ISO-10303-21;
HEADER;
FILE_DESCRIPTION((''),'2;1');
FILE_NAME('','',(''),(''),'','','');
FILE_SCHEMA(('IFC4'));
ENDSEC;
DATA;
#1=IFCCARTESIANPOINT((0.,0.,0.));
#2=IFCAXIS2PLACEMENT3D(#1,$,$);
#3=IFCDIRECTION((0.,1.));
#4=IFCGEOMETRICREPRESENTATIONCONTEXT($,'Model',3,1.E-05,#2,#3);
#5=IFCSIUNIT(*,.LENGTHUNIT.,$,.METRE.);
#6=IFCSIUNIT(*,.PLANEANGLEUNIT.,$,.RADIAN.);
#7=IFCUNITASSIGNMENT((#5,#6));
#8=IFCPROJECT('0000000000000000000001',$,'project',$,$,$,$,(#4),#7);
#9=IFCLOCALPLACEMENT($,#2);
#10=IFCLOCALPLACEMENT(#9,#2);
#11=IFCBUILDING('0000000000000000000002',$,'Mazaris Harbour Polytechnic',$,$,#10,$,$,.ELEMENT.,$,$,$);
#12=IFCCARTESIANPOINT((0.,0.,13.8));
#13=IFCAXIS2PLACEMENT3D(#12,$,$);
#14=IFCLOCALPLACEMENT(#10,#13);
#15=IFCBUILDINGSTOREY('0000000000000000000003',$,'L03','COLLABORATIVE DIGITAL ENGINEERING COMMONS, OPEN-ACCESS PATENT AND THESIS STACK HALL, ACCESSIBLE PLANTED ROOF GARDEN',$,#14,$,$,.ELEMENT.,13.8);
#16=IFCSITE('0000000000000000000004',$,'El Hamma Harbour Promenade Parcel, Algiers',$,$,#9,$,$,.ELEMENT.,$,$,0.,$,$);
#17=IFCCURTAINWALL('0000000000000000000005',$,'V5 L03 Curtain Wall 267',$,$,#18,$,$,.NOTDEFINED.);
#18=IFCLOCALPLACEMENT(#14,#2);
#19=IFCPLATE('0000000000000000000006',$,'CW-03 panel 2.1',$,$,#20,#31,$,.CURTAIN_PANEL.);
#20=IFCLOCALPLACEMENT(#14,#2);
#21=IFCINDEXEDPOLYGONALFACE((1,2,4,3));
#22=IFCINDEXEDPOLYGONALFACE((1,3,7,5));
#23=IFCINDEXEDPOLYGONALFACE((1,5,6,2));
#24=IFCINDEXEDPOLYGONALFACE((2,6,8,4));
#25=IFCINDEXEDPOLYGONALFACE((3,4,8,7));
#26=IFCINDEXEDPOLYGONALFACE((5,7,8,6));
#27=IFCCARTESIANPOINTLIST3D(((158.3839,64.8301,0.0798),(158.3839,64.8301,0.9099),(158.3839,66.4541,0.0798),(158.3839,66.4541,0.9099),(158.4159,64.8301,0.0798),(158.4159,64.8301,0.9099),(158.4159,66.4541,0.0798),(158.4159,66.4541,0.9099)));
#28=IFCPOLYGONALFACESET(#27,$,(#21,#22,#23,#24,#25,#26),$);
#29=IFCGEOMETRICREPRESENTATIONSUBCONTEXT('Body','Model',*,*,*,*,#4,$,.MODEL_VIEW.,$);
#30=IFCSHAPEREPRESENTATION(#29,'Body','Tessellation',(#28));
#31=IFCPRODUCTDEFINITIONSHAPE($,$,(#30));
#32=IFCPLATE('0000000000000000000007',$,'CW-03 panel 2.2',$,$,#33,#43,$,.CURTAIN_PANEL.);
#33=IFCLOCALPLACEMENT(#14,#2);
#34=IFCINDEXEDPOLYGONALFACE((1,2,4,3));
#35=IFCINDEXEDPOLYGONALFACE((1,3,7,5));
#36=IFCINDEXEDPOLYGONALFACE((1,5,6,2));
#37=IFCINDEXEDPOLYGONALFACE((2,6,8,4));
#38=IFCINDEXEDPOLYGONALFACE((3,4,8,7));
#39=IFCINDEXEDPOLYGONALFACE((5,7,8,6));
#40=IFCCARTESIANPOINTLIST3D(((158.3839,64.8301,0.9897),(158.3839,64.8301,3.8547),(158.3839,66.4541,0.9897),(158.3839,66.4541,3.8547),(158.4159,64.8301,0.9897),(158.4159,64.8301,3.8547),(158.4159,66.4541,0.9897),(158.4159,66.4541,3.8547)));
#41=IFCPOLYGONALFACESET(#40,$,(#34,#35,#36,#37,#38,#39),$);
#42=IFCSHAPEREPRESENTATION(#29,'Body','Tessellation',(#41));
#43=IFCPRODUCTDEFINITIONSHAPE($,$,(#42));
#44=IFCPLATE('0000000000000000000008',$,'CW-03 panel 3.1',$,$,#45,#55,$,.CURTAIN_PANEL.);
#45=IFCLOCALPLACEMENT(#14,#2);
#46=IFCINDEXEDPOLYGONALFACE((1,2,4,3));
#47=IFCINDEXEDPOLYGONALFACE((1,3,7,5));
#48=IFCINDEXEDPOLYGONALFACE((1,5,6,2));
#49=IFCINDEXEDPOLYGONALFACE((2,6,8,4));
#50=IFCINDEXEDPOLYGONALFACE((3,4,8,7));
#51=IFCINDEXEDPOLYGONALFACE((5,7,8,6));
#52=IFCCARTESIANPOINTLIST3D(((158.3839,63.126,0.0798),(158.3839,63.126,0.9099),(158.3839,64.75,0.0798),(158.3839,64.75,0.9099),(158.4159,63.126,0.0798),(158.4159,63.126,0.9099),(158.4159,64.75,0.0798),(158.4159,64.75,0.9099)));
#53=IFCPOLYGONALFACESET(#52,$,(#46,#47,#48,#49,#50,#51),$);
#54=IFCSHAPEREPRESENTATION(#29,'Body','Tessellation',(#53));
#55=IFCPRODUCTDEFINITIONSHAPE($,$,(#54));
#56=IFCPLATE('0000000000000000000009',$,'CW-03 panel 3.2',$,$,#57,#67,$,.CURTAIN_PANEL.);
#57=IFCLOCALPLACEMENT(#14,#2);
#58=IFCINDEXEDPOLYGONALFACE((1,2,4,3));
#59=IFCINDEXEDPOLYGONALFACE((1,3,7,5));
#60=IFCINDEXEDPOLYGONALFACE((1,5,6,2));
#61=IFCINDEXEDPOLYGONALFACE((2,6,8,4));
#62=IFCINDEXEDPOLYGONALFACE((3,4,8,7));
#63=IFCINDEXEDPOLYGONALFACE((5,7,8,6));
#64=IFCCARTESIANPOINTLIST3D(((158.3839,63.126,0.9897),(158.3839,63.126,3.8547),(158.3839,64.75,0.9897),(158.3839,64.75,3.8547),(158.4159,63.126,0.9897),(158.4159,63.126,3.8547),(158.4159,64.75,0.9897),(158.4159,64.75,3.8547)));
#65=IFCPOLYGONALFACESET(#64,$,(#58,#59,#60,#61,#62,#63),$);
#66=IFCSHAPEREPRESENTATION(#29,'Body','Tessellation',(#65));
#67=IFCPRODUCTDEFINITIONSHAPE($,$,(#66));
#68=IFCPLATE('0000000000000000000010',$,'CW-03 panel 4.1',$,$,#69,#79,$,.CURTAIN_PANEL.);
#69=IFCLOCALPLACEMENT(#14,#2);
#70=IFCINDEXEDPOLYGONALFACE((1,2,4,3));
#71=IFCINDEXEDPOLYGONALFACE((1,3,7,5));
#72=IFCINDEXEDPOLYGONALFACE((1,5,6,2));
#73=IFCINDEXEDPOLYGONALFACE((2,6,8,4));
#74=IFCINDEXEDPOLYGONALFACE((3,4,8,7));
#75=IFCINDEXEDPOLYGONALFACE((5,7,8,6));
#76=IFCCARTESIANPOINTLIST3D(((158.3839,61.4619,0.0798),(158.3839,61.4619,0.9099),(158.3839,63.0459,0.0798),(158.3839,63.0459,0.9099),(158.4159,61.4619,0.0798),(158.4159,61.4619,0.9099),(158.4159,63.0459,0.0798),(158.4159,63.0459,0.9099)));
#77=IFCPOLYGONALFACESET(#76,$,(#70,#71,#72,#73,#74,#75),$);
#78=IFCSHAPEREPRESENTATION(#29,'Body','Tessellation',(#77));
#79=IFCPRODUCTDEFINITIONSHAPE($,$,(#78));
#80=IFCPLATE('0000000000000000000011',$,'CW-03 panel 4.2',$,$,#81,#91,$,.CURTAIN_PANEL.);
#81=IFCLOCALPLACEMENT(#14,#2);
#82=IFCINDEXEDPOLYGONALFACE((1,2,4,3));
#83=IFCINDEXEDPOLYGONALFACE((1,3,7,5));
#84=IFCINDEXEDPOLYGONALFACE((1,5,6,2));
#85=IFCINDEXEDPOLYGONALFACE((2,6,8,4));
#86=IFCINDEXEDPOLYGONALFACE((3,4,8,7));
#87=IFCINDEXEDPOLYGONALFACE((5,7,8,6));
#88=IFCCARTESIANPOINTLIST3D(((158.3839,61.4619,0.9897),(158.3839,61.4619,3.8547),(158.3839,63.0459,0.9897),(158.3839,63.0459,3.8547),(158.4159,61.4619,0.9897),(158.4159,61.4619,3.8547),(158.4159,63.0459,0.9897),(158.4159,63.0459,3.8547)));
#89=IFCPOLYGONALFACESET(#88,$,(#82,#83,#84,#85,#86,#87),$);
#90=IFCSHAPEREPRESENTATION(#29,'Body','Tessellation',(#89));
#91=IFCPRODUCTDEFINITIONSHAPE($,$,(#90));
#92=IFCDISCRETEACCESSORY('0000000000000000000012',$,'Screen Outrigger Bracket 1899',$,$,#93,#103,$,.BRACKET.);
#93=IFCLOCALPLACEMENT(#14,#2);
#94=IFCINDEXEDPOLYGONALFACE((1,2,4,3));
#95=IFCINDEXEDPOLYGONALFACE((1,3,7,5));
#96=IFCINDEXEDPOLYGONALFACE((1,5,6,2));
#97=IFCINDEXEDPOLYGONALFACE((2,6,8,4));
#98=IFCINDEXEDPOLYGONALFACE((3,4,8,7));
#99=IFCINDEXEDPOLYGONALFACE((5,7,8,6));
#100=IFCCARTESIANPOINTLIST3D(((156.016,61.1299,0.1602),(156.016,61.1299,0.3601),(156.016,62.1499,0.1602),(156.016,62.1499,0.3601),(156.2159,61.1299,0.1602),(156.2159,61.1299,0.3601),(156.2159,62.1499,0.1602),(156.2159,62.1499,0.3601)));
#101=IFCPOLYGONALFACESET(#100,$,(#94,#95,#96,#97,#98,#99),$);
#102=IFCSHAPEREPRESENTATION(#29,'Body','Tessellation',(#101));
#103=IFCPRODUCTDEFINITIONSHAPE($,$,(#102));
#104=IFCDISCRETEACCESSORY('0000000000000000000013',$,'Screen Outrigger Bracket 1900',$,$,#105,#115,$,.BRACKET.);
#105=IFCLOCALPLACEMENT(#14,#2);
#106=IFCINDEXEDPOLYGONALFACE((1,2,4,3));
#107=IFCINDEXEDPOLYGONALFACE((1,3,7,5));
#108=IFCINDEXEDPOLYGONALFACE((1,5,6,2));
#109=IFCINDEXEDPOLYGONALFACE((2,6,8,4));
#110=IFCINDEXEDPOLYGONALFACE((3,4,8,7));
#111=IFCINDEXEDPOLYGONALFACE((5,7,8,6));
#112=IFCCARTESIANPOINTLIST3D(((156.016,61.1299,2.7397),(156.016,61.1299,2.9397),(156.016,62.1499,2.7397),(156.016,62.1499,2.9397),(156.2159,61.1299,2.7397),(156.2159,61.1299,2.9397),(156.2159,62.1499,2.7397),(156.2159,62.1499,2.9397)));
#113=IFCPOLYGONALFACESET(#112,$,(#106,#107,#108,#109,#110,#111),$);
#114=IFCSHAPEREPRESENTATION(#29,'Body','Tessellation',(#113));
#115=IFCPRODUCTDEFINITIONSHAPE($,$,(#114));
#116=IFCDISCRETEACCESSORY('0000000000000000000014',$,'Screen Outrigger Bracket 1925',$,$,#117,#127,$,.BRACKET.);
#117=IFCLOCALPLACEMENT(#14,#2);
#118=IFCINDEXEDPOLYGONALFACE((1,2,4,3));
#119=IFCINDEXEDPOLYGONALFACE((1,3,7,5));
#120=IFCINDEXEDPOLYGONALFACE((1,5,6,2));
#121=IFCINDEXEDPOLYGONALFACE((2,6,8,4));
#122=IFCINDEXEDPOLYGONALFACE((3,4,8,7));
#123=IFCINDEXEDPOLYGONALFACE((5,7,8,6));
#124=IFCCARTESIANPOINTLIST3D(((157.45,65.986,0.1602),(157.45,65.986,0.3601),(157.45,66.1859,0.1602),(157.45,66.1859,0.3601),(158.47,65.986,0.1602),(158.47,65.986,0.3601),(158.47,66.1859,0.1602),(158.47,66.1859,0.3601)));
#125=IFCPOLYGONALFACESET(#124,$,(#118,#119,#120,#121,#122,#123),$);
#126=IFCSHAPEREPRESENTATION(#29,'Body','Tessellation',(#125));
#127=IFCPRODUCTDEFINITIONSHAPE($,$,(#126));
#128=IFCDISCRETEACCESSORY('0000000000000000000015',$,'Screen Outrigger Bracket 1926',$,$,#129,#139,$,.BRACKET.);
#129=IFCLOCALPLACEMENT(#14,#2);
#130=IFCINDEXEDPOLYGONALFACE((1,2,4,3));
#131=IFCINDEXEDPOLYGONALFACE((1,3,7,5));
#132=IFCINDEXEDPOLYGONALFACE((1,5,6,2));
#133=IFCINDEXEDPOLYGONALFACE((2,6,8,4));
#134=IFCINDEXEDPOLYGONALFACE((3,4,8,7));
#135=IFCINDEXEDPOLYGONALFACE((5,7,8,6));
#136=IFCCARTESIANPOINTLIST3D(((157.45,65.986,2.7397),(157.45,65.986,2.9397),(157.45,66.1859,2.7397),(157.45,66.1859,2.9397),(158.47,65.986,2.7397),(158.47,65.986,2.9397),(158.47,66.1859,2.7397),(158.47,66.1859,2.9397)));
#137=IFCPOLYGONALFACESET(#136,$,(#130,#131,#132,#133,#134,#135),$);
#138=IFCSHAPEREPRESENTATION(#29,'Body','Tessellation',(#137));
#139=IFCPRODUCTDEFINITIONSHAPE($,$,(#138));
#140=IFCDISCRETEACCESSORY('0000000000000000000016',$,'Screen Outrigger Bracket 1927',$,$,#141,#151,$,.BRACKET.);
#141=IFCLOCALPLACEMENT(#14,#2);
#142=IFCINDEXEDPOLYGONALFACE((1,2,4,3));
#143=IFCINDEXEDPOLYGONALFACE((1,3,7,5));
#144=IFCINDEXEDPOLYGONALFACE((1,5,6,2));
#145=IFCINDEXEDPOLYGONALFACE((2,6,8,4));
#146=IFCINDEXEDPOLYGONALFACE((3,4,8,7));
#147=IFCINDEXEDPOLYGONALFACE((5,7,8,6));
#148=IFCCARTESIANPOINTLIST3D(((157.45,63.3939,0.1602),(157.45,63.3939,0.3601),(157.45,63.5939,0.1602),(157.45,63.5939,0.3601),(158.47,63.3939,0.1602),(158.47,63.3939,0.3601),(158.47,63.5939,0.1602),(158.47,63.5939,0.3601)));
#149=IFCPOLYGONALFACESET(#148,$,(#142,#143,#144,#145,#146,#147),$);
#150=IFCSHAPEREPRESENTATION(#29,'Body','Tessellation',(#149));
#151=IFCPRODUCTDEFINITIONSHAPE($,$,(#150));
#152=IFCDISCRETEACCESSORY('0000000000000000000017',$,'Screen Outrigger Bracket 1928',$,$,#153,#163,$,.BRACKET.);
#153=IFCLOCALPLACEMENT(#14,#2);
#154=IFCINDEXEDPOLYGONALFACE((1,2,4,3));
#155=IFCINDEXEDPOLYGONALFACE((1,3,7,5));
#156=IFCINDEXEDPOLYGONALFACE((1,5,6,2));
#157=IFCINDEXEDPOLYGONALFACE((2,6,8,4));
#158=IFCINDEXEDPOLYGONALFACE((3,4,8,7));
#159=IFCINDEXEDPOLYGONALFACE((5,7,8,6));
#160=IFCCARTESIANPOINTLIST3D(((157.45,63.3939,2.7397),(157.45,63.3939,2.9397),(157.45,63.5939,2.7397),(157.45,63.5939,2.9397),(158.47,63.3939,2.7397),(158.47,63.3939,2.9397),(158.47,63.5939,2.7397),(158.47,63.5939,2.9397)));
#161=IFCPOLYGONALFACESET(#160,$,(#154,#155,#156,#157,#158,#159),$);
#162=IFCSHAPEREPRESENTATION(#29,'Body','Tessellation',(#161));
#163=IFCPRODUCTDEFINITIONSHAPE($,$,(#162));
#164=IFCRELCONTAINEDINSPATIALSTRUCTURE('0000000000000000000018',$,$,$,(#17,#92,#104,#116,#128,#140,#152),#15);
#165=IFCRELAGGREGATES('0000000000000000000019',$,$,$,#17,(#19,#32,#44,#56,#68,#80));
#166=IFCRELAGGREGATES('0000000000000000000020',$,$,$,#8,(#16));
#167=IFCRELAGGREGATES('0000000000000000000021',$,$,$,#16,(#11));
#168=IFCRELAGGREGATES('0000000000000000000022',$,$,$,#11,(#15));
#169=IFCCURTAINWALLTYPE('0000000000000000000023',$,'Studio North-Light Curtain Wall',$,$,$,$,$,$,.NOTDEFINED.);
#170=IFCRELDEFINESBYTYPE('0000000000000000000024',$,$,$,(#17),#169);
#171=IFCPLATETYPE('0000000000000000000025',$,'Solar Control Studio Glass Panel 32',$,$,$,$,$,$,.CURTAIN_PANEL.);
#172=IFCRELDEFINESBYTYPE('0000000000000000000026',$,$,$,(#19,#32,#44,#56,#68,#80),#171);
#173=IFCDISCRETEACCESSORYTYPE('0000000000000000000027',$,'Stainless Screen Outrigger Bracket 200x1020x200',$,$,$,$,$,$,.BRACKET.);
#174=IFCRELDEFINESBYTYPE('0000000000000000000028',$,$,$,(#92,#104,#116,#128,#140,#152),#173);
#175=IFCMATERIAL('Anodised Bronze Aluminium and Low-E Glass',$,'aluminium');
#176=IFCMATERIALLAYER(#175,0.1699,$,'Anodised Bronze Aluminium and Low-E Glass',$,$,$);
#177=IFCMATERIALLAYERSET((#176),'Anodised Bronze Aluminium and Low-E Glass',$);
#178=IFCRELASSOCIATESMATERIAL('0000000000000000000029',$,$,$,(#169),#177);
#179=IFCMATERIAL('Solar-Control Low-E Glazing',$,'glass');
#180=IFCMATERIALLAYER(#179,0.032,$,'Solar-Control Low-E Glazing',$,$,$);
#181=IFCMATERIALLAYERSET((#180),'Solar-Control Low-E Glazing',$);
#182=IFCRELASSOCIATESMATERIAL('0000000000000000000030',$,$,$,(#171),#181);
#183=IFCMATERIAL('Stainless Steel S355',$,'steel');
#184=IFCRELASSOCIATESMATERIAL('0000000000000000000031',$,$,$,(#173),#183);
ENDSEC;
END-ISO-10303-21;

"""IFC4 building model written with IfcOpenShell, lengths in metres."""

from ifc_helpers import new_model, si_unit, direction, frame, origin, origin_2d, place, context, subcontext, project, spatial, rectangle, extrude, material, layer, layer_set, type_object, element, aggregate, save


model = new_model("IFC4")

# Units and contexts
model_context = context("Model", 3, precision=1e-05, world=origin(), true_north=direction((0.0, 1.0)))
body_context = subcontext(model_context, "Body", "Model", "MODEL_VIEW")
ifc_project = project(units=[si_unit("LENGTHUNIT", "METRE"), si_unit("PLANEANGLEUNIT", "RADIAN")], contexts=[model_context])

# Site, building, storey
site_placement = place(None, origin())
site = spatial("IfcSite", under=ifc_project, at=site_placement, Name="El Hamma Harbour Promenade Parcel, Algiers", CompositionType="ELEMENT", RefElevation=0.0)
building_placement = place(site_placement, origin())
building = spatial("IfcBuilding", under=site, at=building_placement, Name="Mazaris Harbour Polytechnic", CompositionType="ELEMENT")
storey_placement = place(building_placement, frame((0.0, 0.0, 13.8)))
storey = spatial("IfcBuildingStorey", under=building, at=storey_placement, Name="L03", Description="COLLABORATIVE DIGITAL ENGINEERING COMMONS, OPEN-ACCESS PATENT AND THESIS STACK HALL, ACCESSIBLE PLANTED ROOF GARDEN", CompositionType="ELEMENT", Elevation=13.8)

# Curtain wall, plates
ifc_material_1 = material(Name="Anodised Bronze Aluminium and Low-E Glass", Category="aluminium")
ifc_layer_1 = layer(ifc_material_1, 0.1699, Name="Anodised Bronze Aluminium and Low-E Glass")
ifc_layer_set_1 = layer_set([ifc_layer_1], Name="Anodised Bronze Aluminium and Low-E Glass")
curtain_wall_type = type_object("IfcCurtainWallType", Name="Studio North-Light Curtain Wall", PredefinedType="NOTDEFINED", material=ifc_layer_set_1)
curtain_wall_placement = place(storey_placement, origin())
curtain_wall = element("IfcCurtainWall", 1, at=curtain_wall_placement, inside=storey, type_object=curtain_wall_type, Name="V5 L03 Curtain Wall 267", PredefinedType="NOTDEFINED")
ifc_material_2 = material(Name="Solar-Control Low-E Glazing", Category="glass")
ifc_layer_2 = layer(ifc_material_2, 0.032, Name="Solar-Control Low-E Glazing")
ifc_layer_set_2 = layer_set([ifc_layer_2], Name="Solar-Control Low-E Glazing")
plate_type = type_object("IfcPlateType", Name="Solar Control Studio Glass Panel 32", PredefinedType="CURTAIN_PANEL", material=ifc_layer_set_2)
plate_1_placement = place(storey_placement, frame((158.3999, 65.6421, 0.0798), z_axis=(0.0, 0.0, 1.0), x_axis=(0.0, -1.0, 0.0)))
plate_1 = element("IfcPlate", 2, at=plate_1_placement, type_object=plate_type, Name="CW-03 panel 2.1", PredefinedType="CURTAIN_PANEL", context=body_context, shape_type="SweptSolid", body=[
    extrude(rectangle(XDim=1.624, YDim=0.032, at=origin_2d()), origin(), (0.0, 0.0, 1.0), 0.8301),
])
plate_2_placement = place(storey_placement, frame((158.3999, 65.6421, 0.9897), z_axis=(0.0, 0.0, 1.0), x_axis=(0.0, -1.0, 0.0)))
plate_2 = element("IfcPlate", 3, at=plate_2_placement, type_object=plate_type, Name="CW-03 panel 2.2", PredefinedType="CURTAIN_PANEL", context=body_context, shape_type="SweptSolid", body=[
    extrude(rectangle(XDim=1.624, YDim=0.032, at=origin_2d()), origin(), (0.0, 0.0, 1.0), 2.865),
])
plate_3_placement = place(storey_placement, frame((158.3999, 63.938, 0.0798), z_axis=(0.0, 0.0, 1.0), x_axis=(0.0, -1.0, 0.0)))
plate_3 = element("IfcPlate", 4, at=plate_3_placement, type_object=plate_type, Name="CW-03 panel 3.1", PredefinedType="CURTAIN_PANEL", context=body_context, shape_type="SweptSolid", body=[
    extrude(rectangle(XDim=1.624, YDim=0.032, at=origin_2d()), origin(), (0.0, 0.0, 1.0), 0.8301),
])
plate_4_placement = place(storey_placement, frame((158.3999, 63.938, 0.9897), z_axis=(0.0, 0.0, 1.0), x_axis=(0.0, -1.0, 0.0)))
plate_4 = element("IfcPlate", 5, at=plate_4_placement, type_object=plate_type, Name="CW-03 panel 3.2", PredefinedType="CURTAIN_PANEL", context=body_context, shape_type="SweptSolid", body=[
    extrude(rectangle(XDim=1.624, YDim=0.032, at=origin_2d()), origin(), (0.0, 0.0, 1.0), 2.865),
])
plate_5_placement = place(storey_placement, frame((158.3999, 62.2539, 0.0798), z_axis=(0.0, 0.0, 1.0), x_axis=(0.0, -1.0, 0.0)))
plate_5 = element("IfcPlate", 6, at=plate_5_placement, type_object=plate_type, Name="CW-03 panel 4.1", PredefinedType="CURTAIN_PANEL", context=body_context, shape_type="SweptSolid", body=[
    extrude(rectangle(XDim=1.584, YDim=0.032, at=origin_2d()), origin(), (0.0, 0.0, 1.0), 0.8301),
])
plate_6_placement = place(storey_placement, frame((158.3999, 62.2539, 0.9897), z_axis=(0.0, 0.0, 1.0), x_axis=(0.0, -1.0, 0.0)))
plate_6 = element("IfcPlate", 7, at=plate_6_placement, type_object=plate_type, Name="CW-03 panel 4.2", PredefinedType="CURTAIN_PANEL", context=body_context, shape_type="SweptSolid", body=[
    extrude(rectangle(XDim=1.584, YDim=0.032, at=origin_2d()), origin(), (0.0, 0.0, 1.0), 2.865),
])
aggregate(curtain_wall, [plate_1, plate_2, plate_3, plate_4, plate_5, plate_6])

# Discrete accessories
ifc_material_3 = material(Name="Stainless Steel S355", Category="steel")
discrete_accessory_type = type_object("IfcDiscreteAccessoryType", Name="Stainless Screen Outrigger Bracket 200x1020x200", PredefinedType="BRACKET", material=ifc_material_3)
for number, where, z_axis, x_axis, name in (
    (8, (156.116, 61.6399, 0.1602), (0.0, 0.0, 1.0), (1.0, 0.0, 0.0), "Screen Outrigger Bracket 1899"),
    (9, (156.116, 61.6399, 2.7397), (0.0, 0.0, 1.0), (1.0, 0.0, 0.0), "Screen Outrigger Bracket 1900"),
    (10, (157.96, 66.0859, 0.1602), (0.0, 0.0, 1.0), (0.0, -1.0, 0.0), "Screen Outrigger Bracket 1925"),
    (11, (157.96, 66.0859, 2.7397), (0.0, 0.0, 1.0), (0.0, -1.0, 0.0), "Screen Outrigger Bracket 1926"),
    (12, (157.96, 63.4939, 0.1602), (0.0, 0.0, 1.0), (0.0, -1.0, 0.0), "Screen Outrigger Bracket 1927"),
    (13, (157.96, 63.4939, 2.7397), (0.0, 0.0, 1.0), (0.0, -1.0, 0.0), "Screen Outrigger Bracket 1928"),
):
    element("IfcDiscreteAccessory", number, at=place(storey_placement, frame(where, z_axis=z_axis, x_axis=x_axis)), inside=storey, type_object=discrete_accessory_type, Name=name, PredefinedType="BRACKET", context=body_context, shape_type="SweptSolid", body=[
        extrude(rectangle(XDim=0.2, YDim=1.02, at=origin_2d()), origin(), (0.0, 0.0, 1.0), 0.2),
    ])

save(model, "model.ifc")
